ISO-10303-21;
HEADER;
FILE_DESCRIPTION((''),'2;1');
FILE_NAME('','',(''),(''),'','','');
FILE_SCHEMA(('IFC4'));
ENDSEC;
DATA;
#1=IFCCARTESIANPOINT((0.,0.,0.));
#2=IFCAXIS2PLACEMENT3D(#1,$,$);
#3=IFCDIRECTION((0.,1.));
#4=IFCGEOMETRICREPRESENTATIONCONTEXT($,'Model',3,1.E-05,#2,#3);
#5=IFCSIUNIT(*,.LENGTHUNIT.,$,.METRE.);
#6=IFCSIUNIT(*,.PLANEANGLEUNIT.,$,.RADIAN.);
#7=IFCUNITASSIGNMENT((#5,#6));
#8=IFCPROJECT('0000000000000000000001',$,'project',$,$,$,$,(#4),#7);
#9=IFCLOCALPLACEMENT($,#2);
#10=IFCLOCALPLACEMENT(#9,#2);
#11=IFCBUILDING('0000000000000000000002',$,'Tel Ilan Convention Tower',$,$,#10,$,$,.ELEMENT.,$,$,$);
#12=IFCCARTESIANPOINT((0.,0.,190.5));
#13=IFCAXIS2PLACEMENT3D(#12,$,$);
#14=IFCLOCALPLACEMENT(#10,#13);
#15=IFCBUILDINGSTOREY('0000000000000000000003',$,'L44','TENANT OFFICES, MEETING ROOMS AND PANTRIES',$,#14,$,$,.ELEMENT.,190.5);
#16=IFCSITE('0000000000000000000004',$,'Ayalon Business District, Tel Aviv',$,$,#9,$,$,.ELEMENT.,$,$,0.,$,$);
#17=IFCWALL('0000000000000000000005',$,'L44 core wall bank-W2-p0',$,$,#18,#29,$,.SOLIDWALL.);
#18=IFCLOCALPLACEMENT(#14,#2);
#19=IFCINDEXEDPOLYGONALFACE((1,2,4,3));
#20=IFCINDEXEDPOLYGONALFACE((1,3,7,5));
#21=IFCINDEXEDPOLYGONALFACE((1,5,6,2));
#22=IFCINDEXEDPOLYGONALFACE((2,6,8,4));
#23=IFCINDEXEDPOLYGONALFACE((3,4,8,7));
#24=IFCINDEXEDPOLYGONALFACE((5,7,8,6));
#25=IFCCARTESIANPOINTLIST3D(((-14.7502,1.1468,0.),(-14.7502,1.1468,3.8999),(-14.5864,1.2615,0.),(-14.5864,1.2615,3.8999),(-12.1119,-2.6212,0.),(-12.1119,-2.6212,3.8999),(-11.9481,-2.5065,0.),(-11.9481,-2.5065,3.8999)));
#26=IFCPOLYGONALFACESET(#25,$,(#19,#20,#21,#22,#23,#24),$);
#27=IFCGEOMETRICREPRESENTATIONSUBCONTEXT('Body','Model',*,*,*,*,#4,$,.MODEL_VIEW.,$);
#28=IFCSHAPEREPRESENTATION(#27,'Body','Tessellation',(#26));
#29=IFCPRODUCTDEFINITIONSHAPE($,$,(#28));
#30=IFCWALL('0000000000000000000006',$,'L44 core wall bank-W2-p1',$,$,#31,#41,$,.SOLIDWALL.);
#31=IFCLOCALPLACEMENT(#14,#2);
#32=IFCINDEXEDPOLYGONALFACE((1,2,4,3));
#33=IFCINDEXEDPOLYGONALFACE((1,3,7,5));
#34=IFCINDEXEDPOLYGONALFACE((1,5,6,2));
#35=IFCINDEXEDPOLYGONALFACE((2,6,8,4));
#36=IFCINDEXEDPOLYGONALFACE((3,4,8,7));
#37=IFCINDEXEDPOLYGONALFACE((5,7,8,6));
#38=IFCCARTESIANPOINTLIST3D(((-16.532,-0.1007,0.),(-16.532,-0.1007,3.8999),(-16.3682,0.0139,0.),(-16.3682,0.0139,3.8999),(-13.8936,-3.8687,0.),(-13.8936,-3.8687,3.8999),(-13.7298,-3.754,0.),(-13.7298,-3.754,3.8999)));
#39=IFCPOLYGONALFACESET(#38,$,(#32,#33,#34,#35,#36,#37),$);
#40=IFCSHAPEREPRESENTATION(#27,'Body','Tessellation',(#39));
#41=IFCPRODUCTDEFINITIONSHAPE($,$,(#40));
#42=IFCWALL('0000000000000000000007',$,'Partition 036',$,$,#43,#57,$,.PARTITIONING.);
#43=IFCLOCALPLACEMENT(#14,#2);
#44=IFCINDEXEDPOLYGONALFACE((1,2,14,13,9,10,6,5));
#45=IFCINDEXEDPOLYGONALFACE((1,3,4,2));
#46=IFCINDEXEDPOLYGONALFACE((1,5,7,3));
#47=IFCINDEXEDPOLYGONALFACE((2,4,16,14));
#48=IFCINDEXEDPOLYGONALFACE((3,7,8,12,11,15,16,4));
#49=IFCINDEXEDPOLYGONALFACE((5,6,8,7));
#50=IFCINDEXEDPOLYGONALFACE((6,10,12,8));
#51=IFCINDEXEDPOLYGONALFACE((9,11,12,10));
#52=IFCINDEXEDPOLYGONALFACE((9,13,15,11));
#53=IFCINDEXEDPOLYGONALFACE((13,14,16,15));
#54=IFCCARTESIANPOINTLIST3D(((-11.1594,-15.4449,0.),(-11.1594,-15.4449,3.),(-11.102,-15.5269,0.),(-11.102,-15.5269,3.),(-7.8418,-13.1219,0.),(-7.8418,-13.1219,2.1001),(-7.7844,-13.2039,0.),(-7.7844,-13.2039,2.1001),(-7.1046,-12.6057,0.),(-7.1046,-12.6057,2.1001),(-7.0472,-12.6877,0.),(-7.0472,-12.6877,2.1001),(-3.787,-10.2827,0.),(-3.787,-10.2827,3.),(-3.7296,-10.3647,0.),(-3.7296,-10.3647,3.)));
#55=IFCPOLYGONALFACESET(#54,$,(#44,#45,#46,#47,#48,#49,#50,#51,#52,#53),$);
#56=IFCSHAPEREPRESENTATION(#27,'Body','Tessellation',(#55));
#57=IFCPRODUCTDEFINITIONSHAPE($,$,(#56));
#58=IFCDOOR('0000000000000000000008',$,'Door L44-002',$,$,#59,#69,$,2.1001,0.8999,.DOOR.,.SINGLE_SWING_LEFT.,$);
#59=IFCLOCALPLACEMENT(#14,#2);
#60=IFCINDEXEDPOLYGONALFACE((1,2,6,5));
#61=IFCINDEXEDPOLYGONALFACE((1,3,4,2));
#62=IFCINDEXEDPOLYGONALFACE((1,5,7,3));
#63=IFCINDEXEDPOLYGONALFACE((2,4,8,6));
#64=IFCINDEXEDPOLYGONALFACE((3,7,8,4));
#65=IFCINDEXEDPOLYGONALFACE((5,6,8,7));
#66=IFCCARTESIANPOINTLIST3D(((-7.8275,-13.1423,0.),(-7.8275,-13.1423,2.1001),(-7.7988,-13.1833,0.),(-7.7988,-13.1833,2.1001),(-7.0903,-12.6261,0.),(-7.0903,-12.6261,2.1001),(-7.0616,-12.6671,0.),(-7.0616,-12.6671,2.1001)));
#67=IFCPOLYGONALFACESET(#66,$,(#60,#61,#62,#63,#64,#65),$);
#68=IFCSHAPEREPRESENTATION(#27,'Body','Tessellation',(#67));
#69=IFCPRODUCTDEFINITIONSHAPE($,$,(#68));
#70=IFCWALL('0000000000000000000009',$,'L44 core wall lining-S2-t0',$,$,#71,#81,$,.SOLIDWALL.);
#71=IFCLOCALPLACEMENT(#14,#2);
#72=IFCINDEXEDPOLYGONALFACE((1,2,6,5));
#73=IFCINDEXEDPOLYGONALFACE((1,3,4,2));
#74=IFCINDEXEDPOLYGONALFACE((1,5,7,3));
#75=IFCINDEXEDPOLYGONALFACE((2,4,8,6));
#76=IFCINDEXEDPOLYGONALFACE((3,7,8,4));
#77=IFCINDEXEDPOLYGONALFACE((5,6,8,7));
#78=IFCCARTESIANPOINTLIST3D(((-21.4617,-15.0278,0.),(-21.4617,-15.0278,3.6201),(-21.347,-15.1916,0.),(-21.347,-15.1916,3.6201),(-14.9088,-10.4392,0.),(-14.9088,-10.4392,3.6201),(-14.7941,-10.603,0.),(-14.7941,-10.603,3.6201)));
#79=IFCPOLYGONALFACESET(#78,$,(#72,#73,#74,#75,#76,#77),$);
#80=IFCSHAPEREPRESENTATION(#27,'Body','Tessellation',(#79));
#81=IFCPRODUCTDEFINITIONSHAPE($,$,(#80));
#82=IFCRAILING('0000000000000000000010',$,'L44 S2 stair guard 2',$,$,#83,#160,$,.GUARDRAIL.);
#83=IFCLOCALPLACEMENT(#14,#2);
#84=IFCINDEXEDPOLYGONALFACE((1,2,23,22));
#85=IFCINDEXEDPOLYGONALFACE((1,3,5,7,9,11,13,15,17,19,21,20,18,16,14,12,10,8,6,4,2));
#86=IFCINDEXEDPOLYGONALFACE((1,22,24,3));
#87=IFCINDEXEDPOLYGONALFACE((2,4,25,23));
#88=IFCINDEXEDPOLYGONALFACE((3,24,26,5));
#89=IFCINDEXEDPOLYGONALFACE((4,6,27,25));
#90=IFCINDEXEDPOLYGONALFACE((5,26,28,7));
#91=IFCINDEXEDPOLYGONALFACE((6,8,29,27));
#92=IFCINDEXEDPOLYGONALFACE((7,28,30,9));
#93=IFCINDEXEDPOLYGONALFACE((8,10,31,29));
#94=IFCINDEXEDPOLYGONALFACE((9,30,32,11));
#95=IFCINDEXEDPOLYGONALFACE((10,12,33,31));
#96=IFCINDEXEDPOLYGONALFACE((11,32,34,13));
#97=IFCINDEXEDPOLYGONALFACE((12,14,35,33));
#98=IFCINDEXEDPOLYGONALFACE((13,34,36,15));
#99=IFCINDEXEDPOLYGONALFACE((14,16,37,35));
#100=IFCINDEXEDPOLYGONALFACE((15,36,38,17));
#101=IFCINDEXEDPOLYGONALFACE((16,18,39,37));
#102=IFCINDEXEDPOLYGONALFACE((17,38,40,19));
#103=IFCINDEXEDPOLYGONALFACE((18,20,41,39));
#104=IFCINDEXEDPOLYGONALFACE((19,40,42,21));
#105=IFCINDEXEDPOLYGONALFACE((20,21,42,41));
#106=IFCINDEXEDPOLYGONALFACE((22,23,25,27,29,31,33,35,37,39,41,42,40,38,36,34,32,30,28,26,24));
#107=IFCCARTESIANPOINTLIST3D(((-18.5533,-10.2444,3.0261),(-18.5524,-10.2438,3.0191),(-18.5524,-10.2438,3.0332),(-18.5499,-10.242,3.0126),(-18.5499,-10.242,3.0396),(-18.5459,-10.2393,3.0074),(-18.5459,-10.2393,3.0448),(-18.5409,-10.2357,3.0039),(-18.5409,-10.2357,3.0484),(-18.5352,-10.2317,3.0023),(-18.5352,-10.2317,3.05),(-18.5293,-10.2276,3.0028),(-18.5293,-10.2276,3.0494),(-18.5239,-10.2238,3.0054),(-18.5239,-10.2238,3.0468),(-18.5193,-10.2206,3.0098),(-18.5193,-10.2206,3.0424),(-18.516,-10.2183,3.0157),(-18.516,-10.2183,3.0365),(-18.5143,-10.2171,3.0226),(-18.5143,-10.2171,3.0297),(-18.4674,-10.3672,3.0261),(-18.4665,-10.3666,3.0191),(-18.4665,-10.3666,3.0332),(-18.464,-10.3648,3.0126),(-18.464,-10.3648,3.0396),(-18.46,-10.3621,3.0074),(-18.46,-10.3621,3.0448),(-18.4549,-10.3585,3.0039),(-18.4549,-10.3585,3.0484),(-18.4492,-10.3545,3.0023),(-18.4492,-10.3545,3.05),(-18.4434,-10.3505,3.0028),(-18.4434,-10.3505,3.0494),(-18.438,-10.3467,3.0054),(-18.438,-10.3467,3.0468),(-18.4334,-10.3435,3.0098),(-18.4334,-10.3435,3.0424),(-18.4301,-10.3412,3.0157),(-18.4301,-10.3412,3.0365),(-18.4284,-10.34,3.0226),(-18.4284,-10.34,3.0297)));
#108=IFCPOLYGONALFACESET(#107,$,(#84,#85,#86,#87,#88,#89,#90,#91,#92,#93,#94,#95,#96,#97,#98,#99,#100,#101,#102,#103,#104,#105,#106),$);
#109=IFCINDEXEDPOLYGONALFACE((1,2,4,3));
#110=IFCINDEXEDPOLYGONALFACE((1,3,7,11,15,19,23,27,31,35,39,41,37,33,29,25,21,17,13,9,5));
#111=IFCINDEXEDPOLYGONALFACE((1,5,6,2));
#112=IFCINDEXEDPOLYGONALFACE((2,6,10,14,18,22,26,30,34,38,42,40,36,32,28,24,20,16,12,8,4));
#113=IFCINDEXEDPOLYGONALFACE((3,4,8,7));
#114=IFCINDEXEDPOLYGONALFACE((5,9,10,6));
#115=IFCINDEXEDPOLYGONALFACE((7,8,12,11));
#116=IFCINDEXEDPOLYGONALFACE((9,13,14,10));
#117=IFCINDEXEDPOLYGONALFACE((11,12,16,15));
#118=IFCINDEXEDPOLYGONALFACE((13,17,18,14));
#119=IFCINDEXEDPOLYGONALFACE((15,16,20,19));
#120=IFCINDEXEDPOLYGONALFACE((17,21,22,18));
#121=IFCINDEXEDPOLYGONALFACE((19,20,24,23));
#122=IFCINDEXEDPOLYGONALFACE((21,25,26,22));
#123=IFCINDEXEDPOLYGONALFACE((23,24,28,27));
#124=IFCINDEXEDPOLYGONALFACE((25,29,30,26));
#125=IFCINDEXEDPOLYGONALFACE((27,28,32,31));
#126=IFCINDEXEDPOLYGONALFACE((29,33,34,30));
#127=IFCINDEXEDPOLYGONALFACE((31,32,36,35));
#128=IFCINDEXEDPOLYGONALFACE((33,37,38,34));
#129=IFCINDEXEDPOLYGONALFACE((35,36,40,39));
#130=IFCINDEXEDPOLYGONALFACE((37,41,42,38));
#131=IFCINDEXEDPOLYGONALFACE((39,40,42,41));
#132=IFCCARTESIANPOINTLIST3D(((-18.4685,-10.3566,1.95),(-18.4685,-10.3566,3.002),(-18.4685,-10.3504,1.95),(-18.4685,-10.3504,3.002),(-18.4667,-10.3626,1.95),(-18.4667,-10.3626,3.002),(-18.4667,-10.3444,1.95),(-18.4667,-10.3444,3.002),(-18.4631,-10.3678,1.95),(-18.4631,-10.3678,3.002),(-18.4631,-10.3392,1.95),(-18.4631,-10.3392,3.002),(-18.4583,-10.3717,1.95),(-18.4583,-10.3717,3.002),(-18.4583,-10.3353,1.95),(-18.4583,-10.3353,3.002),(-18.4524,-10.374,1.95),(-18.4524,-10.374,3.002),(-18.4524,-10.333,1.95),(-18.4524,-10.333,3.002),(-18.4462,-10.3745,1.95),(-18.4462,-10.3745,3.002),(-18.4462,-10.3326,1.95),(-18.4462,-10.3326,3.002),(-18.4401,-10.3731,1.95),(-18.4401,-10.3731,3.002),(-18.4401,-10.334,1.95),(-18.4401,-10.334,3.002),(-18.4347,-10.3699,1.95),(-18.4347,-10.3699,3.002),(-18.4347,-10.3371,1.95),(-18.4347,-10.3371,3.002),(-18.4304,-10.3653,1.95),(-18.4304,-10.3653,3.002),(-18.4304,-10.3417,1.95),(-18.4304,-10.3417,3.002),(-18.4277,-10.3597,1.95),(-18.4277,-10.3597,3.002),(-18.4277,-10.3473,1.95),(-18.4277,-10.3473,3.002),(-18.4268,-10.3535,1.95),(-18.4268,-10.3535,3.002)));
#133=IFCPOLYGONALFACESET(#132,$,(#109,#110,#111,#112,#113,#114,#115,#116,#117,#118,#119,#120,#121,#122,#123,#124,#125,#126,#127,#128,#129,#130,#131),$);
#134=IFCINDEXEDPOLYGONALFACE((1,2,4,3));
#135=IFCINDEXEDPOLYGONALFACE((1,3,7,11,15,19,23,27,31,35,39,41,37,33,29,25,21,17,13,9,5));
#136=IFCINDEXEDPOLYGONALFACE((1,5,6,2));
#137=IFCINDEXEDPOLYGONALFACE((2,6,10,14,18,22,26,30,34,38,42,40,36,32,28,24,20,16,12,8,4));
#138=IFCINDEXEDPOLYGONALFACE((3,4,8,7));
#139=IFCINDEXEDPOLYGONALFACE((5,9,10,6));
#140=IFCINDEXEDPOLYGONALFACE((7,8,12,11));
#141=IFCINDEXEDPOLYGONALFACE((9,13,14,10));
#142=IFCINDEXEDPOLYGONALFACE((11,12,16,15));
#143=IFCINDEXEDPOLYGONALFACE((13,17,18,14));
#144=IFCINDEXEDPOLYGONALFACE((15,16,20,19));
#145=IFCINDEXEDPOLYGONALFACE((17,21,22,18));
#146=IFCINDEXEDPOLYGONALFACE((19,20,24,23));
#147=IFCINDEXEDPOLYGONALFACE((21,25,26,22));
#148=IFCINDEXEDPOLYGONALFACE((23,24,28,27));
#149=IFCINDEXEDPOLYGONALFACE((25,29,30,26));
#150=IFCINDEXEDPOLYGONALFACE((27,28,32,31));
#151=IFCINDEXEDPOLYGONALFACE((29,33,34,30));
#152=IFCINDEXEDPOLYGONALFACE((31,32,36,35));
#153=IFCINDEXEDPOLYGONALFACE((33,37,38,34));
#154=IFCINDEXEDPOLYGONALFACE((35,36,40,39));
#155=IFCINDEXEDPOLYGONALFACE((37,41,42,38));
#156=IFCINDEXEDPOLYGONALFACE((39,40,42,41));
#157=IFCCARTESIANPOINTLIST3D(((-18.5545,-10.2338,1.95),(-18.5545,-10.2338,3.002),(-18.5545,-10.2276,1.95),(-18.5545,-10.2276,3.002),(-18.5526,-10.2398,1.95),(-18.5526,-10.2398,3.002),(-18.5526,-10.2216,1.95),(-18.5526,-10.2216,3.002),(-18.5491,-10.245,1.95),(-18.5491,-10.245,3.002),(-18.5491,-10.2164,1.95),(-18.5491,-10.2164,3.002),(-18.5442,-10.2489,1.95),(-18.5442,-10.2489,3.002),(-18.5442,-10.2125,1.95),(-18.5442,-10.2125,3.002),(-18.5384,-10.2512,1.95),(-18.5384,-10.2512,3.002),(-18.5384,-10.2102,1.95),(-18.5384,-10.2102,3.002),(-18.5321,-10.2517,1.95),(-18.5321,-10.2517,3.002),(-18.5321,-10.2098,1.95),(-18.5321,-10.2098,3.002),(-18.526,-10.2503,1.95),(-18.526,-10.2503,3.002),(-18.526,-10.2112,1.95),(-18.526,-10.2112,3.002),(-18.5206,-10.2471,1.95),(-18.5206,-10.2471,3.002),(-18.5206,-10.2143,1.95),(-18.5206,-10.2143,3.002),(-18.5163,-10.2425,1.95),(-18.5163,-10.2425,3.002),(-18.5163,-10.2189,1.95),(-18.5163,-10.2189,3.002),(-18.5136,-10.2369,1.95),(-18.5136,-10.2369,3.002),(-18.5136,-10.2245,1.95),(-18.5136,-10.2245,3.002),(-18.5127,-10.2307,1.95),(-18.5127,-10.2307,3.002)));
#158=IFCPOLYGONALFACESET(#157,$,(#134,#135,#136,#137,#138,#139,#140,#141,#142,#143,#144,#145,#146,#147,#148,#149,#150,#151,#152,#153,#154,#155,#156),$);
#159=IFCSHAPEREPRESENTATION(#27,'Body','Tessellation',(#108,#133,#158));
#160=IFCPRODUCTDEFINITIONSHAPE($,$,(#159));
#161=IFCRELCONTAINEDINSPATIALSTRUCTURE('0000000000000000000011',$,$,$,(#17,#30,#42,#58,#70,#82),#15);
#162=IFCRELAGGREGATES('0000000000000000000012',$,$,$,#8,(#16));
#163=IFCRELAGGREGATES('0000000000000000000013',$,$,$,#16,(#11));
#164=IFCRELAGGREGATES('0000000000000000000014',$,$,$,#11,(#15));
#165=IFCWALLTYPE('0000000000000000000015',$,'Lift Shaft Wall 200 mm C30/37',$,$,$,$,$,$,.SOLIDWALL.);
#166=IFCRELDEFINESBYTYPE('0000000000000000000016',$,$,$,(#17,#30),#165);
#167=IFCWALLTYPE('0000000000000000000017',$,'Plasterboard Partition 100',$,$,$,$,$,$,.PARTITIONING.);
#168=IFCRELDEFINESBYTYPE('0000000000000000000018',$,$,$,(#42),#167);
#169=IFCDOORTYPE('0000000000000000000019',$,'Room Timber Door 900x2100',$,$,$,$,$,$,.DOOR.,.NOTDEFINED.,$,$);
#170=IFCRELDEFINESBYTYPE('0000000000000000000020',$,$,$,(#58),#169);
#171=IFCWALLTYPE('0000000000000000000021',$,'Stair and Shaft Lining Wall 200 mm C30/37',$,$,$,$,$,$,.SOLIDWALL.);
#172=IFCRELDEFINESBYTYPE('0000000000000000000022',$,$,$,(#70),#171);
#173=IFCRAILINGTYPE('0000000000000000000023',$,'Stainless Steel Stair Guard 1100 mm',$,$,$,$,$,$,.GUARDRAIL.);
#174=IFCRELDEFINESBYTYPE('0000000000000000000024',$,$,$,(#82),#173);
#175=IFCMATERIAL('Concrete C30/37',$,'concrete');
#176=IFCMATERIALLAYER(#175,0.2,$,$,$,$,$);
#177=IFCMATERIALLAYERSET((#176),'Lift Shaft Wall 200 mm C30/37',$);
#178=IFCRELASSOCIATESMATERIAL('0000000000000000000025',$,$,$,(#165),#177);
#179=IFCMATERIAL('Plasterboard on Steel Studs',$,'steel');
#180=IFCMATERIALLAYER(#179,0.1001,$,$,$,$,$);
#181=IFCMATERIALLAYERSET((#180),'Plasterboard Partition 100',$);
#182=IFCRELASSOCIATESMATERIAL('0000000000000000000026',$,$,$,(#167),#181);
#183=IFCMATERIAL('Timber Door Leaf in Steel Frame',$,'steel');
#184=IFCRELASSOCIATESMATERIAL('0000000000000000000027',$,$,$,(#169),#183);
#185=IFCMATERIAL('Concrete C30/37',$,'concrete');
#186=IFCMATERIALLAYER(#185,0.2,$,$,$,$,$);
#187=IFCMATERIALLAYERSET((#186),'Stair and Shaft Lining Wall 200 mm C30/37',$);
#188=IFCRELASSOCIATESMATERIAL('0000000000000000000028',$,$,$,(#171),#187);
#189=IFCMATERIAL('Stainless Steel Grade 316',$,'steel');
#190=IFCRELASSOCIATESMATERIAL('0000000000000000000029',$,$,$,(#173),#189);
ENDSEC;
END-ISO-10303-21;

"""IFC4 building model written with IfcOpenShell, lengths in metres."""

from ifc_helpers import new_model, si_unit, direction, frame, frame_2d, origin, origin_2d, place, context, subcontext, project, spatial, rectangle, circle, extrude, material, layer, layer_set, type_object, element, fill, save


model = new_model("IFC4")

# Units and contexts
model_context = context("Model", 3, precision=1e-05, world=origin(), true_north=direction((0.0, 1.0)))
body_context = subcontext(model_context, "Body", "Model", "MODEL_VIEW")
ifc_project = project(units=[si_unit("LENGTHUNIT", "METRE"), si_unit("PLANEANGLEUNIT", "RADIAN")], contexts=[model_context])

# Site, building, storey
site_placement = place(None, origin())
site = spatial("IfcSite", under=ifc_project, at=site_placement, Name="Ayalon Business District, Tel Aviv", CompositionType="ELEMENT", RefElevation=0.0)
building_placement = place(site_placement, origin())
building = spatial("IfcBuilding", under=site, at=building_placement, Name="Tel Ilan Convention Tower", CompositionType="ELEMENT")
storey_placement = place(building_placement, frame((0.0, 0.0, 190.5)))
storey = spatial("IfcBuildingStorey", under=building, at=storey_placement, Name="L44", Description="TENANT OFFICES, MEETING ROOMS AND PANTRIES", CompositionType="ELEMENT", Elevation=190.5)

# Walls
ifc_material_1 = material(Name="Concrete C30/37", Category="concrete")
ifc_layer_1 = layer(ifc_material_1, 0.2)
ifc_layer_set_1 = layer_set([ifc_layer_1], Name="Lift Shaft Wall 200 mm C30/37")
wall_type_1 = type_object("IfcWallType", Name="Lift Shaft Wall 200 mm C30/37", PredefinedType="SOLIDWALL", material=ifc_layer_set_1)
for number, where, z_axis, x_axis, name in (
    (1, (-12.03, -2.5637, 0.0), (0.0, 0.0, 1.0), (-0.573576, 0.819152, 0.0), "L44 core wall bank-W2-p0"),
    (2, (-13.8118, -3.8113, 0.0), (0.0, 0.0, 1.0), (-0.573576, 0.819152, 0.0), "L44 core wall bank-W2-p1"),
):
    element("IfcWall", number, at=place(storey_placement, frame(where, z_axis=z_axis, x_axis=x_axis)), inside=storey, type_object=wall_type_1, Name=name, PredefinedType="SOLIDWALL", context=body_context, shape_type="SweptSolid", body=[
        extrude(rectangle(XDim=4.5999, YDim=0.2, at=frame_2d((2.2998, 0.0))), origin(), (0.0, 0.0, 1.0), 3.8999),
    ])

# Wall, opening, door
ifc_material_2 = material(Name="Plasterboard on Steel Studs", Category="steel")
ifc_layer_2 = layer(ifc_material_2, 0.1001)
ifc_layer_set_2 = layer_set([ifc_layer_2], Name="Plasterboard Partition 100")
wall_type_2 = type_object("IfcWallType", Name="Plasterboard Partition 100", PredefinedType="PARTITIONING", material=ifc_layer_set_2)
wall_1_placement = place(storey_placement, frame((-3.7583, -10.3237, 0.0), z_axis=(0.0, 0.0, 1.0), x_axis=(-0.819154, -0.573573, 0.0)))
wall_1 = element("IfcWall", 3, at=wall_1_placement, inside=storey, type_object=wall_type_2, Name="Partition 036", PredefinedType="PARTITIONING", context=body_context, shape_type="SweptSolid", body=[
    extrude(rectangle(XDim=9.0, YDim=0.1001, at=frame_2d((4.5, 0.0))), origin(), (0.0, 0.0, 1.0), 3.0),
])
opening_1_placement = place(wall_1_placement, frame((4.05, 0.0, 0.0)))
opening_1 = element("IfcOpeningElement", 4, at=opening_1_placement, cuts=wall_1, PredefinedType="OPENING", context=body_context, shape_type="SweptSolid", body=[
    extrude(rectangle(XDim=0.8999, YDim=2.1001, at=frame_2d((0.45, 1.05))), frame((0.0, 0.0601, 0.0), z_axis=(0.0, -1.0, 0.0), x_axis=(1.0, 0.0, 0.0)), (0.0, 0.0, 1.0), 0.1201),
])
ifc_material_3 = material(Name="Timber Door Leaf in Steel Frame", Category="steel")
door_type_1 = type_object("IfcDoorType", Name="Room Timber Door 900x2100", OperationType="NOTDEFINED", PredefinedType="DOOR", material=ifc_material_3)
door_1_placement = place(opening_1_placement, origin())
door_1 = element("IfcDoor", 5, at=door_1_placement, inside=storey, type_object=door_type_1, Name="Door L44-002", OperationType="SINGLE_SWING_LEFT", OverallHeight=2.1001, OverallWidth=0.8999, PredefinedType="DOOR", context=body_context, shape_type="SweptSolid", body=[
    extrude(rectangle(XDim=0.8999, YDim=2.1001, at=frame_2d((0.45, 1.05))), frame((0.0, 0.0249, 0.0), z_axis=(0.0, -1.0, 0.0), x_axis=(1.0, 0.0, 0.0)), (0.0, 0.0, 1.0), 0.05),
])
fill(opening_1, door_1)

# Wall
ifc_material_4 = material(Name="Concrete C30/37", Category="concrete")
ifc_layer_3 = layer(ifc_material_4, 0.2)
ifc_layer_set_3 = layer_set([ifc_layer_3], Name="Stair and Shaft Lining Wall 200 mm C30/37")
wall_type_3 = type_object("IfcWallType", Name="Stair and Shaft Lining Wall 200 mm C30/37", PredefinedType="SOLIDWALL", material=ifc_layer_set_3)
wall_2_placement = place(storey_placement, frame((-14.8513, -10.521, 0.0), z_axis=(0.0, 0.0, 1.0), x_axis=(-0.819142, -0.573591, 0.0)))
element("IfcWall", 6, at=wall_2_placement, inside=storey, type_object=wall_type_3, Name="L44 core wall lining-S2-t0", PredefinedType="SOLIDWALL", context=body_context, shape_type="SweptSolid", body=[
    extrude(rectangle(XDim=7.9998, YDim=0.2, at=frame_2d((4.0, 0.0))), origin(), (0.0, 0.0, 1.0), 3.6201),
])

# Railing
ifc_material_5 = material(Name="Stainless Steel Grade 316", Category="steel")
railing_type = type_object("IfcRailingType", Name="Stainless Steel Stair Guard 1100 mm", PredefinedType="GUARDRAIL", material=ifc_material_5)
railing_1_placement = place(storey_placement, frame((-18.4478, -10.3535, 1.95)))
element("IfcRailing", 7, at=railing_1_placement, inside=storey, type_object=railing_type, Name="L44 S2 stair guard 2", PredefinedType="GUARDRAIL", context=body_context, shape_type="SweptSolid", body=[
    extrude(circle(Radius=0.0239, at=origin_2d()), frame((0.0, 0.0, 1.0762), z_axis=(-0.573353, 0.819308, 0.0), x_axis=(-0.819308, -0.573353, 0.0)), (0.0, 0.0, 1.0), 0.1499),
    extrude(circle(Radius=0.021, at=origin_2d()), origin(), (0.0, 0.0, 1.0), 1.052),
    extrude(circle(Radius=0.021, at=origin_2d()), frame((-0.0859, 0.1228, 0.0)), (0.0, 0.0, 1.0), 1.052),
])

save(model, "model.ifc")
